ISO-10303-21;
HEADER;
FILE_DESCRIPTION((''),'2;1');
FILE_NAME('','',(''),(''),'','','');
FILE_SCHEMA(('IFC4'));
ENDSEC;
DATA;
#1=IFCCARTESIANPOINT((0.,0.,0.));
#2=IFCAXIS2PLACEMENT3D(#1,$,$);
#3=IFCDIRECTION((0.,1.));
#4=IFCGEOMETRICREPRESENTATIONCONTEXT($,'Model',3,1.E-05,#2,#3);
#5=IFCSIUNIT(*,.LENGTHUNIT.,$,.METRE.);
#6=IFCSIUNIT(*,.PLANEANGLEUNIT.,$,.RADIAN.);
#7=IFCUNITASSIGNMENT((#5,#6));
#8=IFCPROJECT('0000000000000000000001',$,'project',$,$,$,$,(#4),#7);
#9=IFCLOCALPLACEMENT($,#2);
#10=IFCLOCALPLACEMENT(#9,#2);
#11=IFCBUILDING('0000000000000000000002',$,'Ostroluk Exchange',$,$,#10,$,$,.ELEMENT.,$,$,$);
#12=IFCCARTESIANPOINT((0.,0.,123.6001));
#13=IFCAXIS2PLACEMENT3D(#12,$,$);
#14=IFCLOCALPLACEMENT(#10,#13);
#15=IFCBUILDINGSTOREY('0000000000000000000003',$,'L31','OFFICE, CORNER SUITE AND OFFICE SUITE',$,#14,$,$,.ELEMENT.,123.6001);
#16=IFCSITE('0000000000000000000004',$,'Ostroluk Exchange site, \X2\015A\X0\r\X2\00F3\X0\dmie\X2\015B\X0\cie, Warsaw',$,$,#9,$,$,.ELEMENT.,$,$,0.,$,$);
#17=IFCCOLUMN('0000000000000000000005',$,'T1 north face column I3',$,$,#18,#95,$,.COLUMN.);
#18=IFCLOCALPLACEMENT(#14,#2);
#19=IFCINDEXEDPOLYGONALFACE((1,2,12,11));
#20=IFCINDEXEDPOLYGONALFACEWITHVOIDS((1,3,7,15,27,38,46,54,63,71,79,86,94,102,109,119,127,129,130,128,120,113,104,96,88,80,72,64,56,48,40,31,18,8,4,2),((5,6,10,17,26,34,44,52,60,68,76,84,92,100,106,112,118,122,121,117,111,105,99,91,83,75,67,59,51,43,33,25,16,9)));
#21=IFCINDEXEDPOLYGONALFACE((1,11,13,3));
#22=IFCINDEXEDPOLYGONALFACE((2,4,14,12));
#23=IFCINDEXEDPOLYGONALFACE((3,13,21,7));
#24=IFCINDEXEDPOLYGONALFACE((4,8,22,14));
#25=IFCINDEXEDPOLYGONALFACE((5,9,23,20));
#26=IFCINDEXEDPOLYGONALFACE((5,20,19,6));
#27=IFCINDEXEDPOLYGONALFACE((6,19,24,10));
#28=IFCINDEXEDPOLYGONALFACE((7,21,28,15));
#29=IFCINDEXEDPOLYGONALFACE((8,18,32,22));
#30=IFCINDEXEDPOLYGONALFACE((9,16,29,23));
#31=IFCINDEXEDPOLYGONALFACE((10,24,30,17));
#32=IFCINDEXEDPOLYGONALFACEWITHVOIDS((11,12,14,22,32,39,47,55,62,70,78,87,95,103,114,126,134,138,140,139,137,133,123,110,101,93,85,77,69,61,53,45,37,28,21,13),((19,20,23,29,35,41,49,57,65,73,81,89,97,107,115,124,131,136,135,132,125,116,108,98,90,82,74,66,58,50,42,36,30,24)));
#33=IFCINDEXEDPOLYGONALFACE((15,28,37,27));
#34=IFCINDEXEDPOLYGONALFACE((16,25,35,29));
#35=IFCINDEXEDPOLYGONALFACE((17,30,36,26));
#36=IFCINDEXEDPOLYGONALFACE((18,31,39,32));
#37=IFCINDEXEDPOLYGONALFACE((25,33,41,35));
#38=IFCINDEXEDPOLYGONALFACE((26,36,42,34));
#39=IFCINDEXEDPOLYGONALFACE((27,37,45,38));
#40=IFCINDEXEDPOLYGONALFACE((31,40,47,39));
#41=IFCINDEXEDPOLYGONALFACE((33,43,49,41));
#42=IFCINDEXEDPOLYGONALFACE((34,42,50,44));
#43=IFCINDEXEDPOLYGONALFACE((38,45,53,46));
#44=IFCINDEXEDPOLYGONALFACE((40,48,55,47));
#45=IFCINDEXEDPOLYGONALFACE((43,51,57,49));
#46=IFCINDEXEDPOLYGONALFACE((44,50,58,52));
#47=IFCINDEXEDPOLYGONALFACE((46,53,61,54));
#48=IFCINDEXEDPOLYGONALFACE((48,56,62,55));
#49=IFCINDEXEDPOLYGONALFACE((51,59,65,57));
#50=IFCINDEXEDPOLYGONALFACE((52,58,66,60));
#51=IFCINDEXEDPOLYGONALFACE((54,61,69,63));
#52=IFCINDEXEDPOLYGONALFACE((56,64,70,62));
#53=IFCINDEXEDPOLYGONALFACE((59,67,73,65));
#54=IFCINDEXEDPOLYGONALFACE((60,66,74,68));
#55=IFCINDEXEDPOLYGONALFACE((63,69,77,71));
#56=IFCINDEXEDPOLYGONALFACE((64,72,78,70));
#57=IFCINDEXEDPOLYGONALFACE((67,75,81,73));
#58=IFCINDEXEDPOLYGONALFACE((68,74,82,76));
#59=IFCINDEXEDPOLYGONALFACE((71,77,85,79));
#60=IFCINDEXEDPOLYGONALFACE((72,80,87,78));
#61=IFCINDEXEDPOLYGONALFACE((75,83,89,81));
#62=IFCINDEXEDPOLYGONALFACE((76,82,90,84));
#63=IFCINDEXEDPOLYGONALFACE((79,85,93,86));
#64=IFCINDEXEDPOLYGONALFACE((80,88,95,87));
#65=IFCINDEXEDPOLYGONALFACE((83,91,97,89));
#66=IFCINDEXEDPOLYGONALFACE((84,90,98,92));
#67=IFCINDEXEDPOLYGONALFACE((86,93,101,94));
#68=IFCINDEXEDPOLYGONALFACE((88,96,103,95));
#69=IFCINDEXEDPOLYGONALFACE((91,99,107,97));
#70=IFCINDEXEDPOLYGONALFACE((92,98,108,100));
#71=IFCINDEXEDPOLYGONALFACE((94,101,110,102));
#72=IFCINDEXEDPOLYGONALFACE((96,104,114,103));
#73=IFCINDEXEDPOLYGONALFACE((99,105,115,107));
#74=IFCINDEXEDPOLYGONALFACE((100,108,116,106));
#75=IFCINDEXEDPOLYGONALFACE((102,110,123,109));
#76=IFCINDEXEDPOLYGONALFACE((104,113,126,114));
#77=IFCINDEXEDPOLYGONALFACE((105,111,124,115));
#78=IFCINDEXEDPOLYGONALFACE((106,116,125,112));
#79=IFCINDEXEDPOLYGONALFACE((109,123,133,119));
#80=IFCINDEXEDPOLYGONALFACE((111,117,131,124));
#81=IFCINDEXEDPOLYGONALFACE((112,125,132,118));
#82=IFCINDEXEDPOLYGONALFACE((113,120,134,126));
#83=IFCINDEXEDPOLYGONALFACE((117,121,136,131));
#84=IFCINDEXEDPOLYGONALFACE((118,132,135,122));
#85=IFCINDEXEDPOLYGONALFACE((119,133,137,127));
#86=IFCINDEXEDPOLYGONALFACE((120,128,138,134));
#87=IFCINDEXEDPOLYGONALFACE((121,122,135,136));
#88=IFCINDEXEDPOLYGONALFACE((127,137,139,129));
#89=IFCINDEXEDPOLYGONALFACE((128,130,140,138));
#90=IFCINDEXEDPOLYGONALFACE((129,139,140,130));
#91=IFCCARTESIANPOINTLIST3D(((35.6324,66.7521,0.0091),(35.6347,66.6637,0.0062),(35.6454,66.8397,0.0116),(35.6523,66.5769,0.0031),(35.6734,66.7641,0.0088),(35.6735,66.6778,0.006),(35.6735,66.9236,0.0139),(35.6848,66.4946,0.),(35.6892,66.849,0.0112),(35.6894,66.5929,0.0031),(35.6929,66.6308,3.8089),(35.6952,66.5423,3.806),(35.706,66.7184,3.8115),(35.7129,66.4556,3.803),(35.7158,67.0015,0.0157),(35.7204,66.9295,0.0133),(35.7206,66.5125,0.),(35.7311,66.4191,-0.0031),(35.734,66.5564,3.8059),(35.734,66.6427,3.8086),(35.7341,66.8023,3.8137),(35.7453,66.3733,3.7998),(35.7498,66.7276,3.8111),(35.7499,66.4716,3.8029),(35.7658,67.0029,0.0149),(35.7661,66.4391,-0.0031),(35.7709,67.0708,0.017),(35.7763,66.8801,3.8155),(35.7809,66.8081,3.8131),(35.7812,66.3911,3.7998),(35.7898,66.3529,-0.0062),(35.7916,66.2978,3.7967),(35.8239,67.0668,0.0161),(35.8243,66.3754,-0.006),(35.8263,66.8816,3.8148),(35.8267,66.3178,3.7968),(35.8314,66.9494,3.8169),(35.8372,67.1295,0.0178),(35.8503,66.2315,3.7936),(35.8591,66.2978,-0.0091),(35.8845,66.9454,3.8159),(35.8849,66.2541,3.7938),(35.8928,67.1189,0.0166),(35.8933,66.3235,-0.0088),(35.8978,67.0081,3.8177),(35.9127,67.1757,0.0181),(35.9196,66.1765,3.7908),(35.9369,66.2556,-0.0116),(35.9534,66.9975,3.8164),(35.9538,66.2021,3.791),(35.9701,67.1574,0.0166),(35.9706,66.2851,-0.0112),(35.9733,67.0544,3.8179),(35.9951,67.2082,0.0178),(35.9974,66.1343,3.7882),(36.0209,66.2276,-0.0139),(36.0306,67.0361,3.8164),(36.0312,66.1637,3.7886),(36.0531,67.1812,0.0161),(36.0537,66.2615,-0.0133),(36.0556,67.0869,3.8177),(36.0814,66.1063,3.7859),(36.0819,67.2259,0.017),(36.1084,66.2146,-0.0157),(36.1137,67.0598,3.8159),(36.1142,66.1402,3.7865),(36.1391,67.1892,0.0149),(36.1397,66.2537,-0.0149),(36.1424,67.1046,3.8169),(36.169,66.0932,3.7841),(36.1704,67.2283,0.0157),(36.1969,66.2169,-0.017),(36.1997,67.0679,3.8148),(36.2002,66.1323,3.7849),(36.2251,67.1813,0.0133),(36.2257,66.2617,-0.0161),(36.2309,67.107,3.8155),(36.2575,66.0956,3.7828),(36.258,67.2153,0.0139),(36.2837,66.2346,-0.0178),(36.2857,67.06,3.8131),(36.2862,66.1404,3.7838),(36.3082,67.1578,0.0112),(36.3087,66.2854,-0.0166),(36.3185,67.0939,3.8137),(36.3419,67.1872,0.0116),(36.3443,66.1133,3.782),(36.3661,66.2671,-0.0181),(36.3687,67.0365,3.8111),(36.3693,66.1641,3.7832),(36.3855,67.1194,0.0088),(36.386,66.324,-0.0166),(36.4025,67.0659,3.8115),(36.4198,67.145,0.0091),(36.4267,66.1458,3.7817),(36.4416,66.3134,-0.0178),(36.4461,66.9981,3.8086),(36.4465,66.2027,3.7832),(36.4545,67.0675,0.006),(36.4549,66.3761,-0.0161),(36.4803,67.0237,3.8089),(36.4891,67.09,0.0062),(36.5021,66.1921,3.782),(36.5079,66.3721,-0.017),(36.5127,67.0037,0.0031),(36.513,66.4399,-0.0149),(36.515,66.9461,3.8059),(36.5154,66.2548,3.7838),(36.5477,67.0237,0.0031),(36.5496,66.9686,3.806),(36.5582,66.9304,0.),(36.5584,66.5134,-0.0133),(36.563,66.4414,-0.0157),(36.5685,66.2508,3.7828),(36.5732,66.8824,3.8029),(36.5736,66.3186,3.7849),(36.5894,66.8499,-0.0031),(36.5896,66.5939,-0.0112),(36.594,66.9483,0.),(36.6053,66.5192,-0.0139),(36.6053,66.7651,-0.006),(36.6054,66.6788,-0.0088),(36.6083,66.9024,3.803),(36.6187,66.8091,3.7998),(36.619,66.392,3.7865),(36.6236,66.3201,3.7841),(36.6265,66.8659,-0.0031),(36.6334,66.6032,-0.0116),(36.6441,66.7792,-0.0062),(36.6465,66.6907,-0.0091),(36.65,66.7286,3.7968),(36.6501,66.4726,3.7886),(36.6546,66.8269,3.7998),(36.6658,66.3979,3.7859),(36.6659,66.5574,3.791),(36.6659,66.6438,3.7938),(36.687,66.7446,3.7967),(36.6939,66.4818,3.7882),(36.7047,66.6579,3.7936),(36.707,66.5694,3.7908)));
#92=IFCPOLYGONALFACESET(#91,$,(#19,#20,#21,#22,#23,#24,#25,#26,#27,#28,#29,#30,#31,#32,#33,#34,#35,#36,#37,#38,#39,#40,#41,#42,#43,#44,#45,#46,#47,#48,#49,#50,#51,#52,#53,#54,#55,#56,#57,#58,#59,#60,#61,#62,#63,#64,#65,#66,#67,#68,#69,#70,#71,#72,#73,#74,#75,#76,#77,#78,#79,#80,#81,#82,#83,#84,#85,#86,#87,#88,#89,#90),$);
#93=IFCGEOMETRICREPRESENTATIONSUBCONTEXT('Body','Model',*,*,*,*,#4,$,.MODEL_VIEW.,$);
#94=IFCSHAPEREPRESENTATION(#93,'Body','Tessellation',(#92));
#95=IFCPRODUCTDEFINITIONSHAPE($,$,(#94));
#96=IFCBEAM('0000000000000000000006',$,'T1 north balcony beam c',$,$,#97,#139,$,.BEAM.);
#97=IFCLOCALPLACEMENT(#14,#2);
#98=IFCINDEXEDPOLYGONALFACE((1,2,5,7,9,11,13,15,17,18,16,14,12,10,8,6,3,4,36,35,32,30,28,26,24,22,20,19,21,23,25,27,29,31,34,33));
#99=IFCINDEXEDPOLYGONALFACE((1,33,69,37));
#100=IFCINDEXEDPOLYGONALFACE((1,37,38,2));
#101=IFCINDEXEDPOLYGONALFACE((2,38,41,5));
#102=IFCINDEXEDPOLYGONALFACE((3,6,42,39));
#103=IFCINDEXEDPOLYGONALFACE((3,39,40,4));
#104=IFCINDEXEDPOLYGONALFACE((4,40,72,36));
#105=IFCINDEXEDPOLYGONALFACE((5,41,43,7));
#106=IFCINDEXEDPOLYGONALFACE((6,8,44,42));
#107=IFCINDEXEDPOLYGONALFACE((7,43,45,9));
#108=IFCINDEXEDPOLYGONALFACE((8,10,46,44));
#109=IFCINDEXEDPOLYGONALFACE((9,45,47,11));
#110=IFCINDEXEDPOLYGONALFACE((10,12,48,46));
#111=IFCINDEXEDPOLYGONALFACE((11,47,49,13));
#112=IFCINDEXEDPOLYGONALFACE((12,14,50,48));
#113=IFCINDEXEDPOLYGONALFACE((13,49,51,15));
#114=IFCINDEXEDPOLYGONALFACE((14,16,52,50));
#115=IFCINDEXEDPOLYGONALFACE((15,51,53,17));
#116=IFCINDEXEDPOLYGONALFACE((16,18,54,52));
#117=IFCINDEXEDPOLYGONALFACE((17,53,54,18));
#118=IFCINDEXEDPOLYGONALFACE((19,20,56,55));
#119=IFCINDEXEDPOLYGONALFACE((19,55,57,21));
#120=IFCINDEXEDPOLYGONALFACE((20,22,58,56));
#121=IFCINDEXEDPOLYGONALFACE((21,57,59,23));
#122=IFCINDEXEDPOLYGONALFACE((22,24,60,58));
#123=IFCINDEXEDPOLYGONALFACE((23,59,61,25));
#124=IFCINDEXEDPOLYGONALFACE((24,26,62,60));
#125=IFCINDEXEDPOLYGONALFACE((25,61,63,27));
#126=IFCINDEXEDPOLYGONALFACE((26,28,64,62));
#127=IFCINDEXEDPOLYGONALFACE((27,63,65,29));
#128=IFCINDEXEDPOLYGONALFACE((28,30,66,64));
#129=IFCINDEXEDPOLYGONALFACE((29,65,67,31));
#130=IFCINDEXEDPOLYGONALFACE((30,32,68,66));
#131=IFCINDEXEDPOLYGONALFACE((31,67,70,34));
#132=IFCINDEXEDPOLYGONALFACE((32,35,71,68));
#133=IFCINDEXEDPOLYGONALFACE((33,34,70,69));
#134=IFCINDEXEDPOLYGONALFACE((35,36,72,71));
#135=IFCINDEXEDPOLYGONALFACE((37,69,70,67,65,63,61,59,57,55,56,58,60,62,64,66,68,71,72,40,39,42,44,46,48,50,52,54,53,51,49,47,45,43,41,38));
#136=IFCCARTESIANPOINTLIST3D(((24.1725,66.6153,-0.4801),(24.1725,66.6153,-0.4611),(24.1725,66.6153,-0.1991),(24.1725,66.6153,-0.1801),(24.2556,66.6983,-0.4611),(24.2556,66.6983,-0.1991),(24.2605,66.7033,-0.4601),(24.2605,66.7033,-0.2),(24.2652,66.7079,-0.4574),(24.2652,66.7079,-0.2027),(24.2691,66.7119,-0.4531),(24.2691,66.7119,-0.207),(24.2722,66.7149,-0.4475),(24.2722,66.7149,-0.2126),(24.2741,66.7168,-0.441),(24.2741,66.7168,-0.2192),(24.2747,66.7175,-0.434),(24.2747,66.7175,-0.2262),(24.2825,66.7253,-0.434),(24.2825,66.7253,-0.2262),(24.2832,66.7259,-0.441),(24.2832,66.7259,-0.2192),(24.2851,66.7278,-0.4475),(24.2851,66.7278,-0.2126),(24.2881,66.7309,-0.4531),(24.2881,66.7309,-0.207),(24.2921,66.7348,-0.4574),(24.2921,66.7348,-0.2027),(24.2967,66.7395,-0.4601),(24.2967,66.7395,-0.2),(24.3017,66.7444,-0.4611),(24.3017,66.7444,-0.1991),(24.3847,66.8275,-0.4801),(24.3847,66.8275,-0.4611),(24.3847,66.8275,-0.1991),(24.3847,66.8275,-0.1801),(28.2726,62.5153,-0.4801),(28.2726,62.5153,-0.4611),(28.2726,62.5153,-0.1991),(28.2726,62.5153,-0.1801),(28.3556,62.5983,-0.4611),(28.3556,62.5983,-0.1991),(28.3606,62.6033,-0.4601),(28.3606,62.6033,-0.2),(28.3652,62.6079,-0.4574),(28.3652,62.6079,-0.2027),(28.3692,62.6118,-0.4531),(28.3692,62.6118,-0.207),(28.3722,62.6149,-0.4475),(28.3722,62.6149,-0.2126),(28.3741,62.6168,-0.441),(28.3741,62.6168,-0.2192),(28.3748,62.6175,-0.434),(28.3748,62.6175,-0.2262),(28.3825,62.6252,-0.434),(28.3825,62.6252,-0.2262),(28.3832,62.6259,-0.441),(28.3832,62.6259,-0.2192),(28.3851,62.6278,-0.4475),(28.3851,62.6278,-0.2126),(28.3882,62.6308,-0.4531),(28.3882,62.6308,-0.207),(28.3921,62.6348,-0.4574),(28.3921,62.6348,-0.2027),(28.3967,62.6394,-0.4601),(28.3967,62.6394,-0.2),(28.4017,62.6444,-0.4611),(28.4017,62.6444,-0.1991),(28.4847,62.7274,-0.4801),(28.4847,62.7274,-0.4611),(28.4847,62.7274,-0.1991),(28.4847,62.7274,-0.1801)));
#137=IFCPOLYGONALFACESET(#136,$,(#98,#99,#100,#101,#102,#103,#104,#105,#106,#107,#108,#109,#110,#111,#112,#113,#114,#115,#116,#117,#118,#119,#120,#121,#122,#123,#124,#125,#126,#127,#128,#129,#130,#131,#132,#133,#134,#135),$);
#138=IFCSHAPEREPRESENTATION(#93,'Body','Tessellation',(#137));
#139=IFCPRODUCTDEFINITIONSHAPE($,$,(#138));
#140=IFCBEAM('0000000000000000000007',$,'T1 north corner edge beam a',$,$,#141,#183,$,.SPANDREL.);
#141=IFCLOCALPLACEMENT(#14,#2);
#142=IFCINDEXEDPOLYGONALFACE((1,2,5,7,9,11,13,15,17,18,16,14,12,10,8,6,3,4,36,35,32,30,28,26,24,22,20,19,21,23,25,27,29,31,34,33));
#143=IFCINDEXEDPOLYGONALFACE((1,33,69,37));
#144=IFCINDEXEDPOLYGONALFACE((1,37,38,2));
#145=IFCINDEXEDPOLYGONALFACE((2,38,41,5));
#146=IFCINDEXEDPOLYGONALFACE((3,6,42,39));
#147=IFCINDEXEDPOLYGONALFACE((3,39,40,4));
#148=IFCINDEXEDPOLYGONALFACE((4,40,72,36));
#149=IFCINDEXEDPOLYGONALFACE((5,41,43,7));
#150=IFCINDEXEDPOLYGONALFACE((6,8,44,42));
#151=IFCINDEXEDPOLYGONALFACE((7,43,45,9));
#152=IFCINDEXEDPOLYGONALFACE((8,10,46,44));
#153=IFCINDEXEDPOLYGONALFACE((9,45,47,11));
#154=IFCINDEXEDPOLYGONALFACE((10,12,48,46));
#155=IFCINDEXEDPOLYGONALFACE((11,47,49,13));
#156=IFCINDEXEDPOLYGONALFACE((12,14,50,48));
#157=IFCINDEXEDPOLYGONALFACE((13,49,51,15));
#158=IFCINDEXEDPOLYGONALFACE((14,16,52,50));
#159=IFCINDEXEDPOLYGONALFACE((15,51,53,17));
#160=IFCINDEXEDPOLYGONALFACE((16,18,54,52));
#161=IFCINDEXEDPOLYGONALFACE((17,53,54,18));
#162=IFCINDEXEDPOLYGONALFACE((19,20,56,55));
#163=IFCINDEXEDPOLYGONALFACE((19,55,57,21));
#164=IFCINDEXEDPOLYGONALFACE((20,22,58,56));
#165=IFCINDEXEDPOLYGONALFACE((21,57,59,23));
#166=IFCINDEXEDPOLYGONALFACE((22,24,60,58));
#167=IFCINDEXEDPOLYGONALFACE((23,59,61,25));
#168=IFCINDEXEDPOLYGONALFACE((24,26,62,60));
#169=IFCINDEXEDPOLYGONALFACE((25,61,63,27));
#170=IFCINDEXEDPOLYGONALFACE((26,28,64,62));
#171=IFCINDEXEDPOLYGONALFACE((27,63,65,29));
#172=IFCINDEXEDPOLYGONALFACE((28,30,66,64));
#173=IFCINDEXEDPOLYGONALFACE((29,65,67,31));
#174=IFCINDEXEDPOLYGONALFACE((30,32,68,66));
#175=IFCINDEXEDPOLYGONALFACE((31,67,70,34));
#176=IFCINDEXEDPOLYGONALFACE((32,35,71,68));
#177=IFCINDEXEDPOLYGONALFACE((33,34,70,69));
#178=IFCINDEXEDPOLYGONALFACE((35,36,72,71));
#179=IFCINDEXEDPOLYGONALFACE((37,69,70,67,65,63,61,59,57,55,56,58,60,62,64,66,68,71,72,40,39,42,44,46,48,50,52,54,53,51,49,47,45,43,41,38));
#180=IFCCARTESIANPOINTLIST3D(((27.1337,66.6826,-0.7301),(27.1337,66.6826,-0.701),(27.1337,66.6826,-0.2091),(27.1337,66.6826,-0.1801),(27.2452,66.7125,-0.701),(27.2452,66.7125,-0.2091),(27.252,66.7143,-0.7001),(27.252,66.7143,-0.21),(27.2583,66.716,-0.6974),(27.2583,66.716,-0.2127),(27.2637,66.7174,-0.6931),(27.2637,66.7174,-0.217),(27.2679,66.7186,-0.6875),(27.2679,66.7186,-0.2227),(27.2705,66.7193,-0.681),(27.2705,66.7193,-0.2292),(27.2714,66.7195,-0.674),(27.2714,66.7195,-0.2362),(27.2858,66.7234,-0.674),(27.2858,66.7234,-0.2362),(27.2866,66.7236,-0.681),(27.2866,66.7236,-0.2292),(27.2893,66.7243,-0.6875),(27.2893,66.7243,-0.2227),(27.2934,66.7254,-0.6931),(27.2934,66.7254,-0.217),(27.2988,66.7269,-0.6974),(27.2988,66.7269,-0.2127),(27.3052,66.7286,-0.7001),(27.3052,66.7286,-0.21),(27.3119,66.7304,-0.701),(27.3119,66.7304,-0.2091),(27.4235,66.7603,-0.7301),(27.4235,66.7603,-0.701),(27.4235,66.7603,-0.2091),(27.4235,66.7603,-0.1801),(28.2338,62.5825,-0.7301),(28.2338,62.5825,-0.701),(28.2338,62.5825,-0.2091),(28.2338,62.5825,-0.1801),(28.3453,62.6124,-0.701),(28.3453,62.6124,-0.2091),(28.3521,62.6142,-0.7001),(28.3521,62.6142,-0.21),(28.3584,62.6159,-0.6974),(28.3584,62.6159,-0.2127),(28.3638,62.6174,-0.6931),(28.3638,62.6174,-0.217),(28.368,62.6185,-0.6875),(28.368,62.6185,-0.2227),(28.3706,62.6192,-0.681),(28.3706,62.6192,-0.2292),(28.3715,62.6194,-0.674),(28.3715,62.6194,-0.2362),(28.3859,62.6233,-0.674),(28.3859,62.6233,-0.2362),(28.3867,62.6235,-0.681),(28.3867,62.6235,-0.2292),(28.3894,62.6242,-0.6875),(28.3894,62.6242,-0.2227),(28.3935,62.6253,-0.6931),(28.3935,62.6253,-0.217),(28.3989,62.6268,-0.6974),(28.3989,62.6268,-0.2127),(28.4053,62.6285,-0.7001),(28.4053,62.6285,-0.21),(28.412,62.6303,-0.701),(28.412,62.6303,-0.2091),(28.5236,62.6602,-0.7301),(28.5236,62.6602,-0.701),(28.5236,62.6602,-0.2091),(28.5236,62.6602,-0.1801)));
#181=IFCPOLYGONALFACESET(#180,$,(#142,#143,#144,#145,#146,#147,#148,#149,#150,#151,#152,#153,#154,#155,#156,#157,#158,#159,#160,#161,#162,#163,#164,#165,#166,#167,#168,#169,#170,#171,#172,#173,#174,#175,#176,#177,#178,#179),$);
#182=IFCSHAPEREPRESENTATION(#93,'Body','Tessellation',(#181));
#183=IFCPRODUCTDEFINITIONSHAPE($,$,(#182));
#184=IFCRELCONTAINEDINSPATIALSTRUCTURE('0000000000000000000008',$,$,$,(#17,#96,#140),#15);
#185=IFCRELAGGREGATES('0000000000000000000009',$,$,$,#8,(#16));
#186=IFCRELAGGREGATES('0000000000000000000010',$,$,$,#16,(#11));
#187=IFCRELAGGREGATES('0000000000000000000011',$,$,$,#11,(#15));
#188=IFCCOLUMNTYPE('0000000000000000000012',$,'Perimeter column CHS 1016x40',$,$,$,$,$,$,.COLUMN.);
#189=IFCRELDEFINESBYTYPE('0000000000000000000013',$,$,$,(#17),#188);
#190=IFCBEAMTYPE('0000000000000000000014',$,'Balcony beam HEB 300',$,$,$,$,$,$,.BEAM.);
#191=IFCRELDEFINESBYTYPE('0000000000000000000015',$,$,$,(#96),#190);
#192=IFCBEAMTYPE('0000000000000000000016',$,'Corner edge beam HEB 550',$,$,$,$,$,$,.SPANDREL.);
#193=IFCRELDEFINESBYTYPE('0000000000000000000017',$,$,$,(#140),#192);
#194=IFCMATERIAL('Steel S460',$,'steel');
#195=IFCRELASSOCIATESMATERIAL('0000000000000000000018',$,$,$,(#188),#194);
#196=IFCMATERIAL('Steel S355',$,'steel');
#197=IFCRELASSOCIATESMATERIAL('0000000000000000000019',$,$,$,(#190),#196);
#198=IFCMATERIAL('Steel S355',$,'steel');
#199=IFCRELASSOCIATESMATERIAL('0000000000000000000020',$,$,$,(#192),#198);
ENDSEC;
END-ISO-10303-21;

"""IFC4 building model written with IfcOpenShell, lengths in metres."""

from ifc_helpers import new_model, si_unit, direction, frame, origin, origin_2d, place, context, subcontext, project, spatial, hollow_circle, i_section, extrude, material, material_profile, profile_set, type_object, element, save


model = new_model("IFC4")

# Units and contexts
model_context = context("Model", 3, precision=1e-05, world=origin(), true_north=direction((0.0, 1.0)))
body_context = subcontext(model_context, "Body", "Model", "MODEL_VIEW")
ifc_project = project(units=[si_unit("LENGTHUNIT", "METRE"), si_unit("PLANEANGLEUNIT", "RADIAN")], contexts=[model_context])

# Site, building, storey
site_placement = place(None, origin())
site = spatial("IfcSite", under=ifc_project, at=site_placement, Name="Ostroluk Exchange site, Śródmieście, Warsaw", CompositionType="ELEMENT", RefElevation=0.0)
building_placement = place(site_placement, origin())
building = spatial("IfcBuilding", under=site, at=building_placement, Name="Ostroluk Exchange", CompositionType="ELEMENT")
storey_placement = place(building_placement, frame((0.0, 0.0, 123.6001)))
storey = spatial("IfcBuildingStorey", under=building, at=storey_placement, Name="L31", Description="OFFICE, CORNER SUITE AND OFFICE SUITE", CompositionType="ELEMENT", Elevation=123.6001)

# Column
ifc_material_1 = material(Name="Steel S460", Category="steel")
ifc_material_profile_1 = material_profile(ifc_material_1, hollow_circle(Radius=0.5081, WallThickness=0.04, at=origin_2d()), Name="CHS 1016x40")
ifc_profile_set_1 = profile_set([ifc_material_profile_1], Name="Steel S460")
column_type = type_object("IfcColumnType", Name="Perimeter column CHS 1016x40", PredefinedType="COLUMN", material=ifc_profile_set_1)
column_placement = place(storey_placement, frame((36.1394, 66.7214, 0.0), z_axis=(0.015924, -0.031912, 0.999364), x_axis=(0.894787, 0.446493, 0.0)))
element("IfcColumn", 1, at=column_placement, inside=storey, type_object=column_type, Name="T1 north face column I3", PredefinedType="COLUMN", context=body_context, shape_type="SweptSolid", body=[
    extrude(hollow_circle(Radius=0.5081, WallThickness=0.04, at=origin_2d()), origin(), (0.0, 0.0, 1.0), 3.8022),
])

# Beams
ifc_material_2 = material(Name="Steel S355", Category="steel")
ifc_material_profile_2 = material_profile(ifc_material_2, i_section(OverallWidth=0.3, OverallDepth=0.3, WebThickness=0.011, FlangeThickness=0.019, FilletRadius=0.0271, at=origin_2d()), Name="HEB 300")
ifc_profile_set_2 = profile_set([ifc_material_profile_2], Name="Steel S355")
beam_type_1 = type_object("IfcBeamType", Name="Balcony beam HEB 300", PredefinedType="BEAM", material=ifc_profile_set_2)
beam_1_placement = place(storey_placement, frame((28.3787, 62.6213, -0.3301), z_axis=(-0.707107, 0.707107, 0.0), x_axis=(-0.707107, -0.707107, 0.0)))
element("IfcBeam", 2, at=beam_1_placement, inside=storey, type_object=beam_type_1, Name="T1 north balcony beam c", PredefinedType="BEAM", context=body_context, shape_type="SweptSolid", body=[
    extrude(i_section(OverallWidth=0.3, OverallDepth=0.3, WebThickness=0.011, FlangeThickness=0.019, FilletRadius=0.0271, at=origin_2d()), origin(), (0.0, 0.0, 1.0), 5.7983),
])
ifc_material_3 = material(Name="Steel S355", Category="steel")
ifc_material_profile_3 = material_profile(ifc_material_3, i_section(OverallWidth=0.3, OverallDepth=0.55, WebThickness=0.0149, FlangeThickness=0.0291, FilletRadius=0.0271, at=origin_2d()), Name="HEB 550")
ifc_profile_set_3 = profile_set([ifc_material_profile_3], Name="Steel S355")
beam_type_2 = type_object("IfcBeamType", Name="Corner edge beam HEB 550", PredefinedType="SPANDREL", material=ifc_profile_set_3)
for number, where, z_axis, x_axis, name in (
    (3, (28.3787, 62.6213, -0.4551), (-0.259144, 0.965839, 0.0), (-0.965839, -0.259144, 0.0), "T1 north corner edge beam a"),
):
    element("IfcBeam", number, at=place(storey_placement, frame(where, z_axis=z_axis, x_axis=x_axis)), inside=storey, type_object=beam_type_2, Name=name, PredefinedType="SPANDREL", context=body_context, shape_type="SweptSolid", body=[
        extrude(i_section(OverallWidth=0.3, OverallDepth=0.55, WebThickness=0.0149, FlangeThickness=0.0291, FilletRadius=0.0271, at=origin_2d()), origin(), (0.0, 0.0, 1.0), 4.2451),
    ])

save(model, "model.ifc")
